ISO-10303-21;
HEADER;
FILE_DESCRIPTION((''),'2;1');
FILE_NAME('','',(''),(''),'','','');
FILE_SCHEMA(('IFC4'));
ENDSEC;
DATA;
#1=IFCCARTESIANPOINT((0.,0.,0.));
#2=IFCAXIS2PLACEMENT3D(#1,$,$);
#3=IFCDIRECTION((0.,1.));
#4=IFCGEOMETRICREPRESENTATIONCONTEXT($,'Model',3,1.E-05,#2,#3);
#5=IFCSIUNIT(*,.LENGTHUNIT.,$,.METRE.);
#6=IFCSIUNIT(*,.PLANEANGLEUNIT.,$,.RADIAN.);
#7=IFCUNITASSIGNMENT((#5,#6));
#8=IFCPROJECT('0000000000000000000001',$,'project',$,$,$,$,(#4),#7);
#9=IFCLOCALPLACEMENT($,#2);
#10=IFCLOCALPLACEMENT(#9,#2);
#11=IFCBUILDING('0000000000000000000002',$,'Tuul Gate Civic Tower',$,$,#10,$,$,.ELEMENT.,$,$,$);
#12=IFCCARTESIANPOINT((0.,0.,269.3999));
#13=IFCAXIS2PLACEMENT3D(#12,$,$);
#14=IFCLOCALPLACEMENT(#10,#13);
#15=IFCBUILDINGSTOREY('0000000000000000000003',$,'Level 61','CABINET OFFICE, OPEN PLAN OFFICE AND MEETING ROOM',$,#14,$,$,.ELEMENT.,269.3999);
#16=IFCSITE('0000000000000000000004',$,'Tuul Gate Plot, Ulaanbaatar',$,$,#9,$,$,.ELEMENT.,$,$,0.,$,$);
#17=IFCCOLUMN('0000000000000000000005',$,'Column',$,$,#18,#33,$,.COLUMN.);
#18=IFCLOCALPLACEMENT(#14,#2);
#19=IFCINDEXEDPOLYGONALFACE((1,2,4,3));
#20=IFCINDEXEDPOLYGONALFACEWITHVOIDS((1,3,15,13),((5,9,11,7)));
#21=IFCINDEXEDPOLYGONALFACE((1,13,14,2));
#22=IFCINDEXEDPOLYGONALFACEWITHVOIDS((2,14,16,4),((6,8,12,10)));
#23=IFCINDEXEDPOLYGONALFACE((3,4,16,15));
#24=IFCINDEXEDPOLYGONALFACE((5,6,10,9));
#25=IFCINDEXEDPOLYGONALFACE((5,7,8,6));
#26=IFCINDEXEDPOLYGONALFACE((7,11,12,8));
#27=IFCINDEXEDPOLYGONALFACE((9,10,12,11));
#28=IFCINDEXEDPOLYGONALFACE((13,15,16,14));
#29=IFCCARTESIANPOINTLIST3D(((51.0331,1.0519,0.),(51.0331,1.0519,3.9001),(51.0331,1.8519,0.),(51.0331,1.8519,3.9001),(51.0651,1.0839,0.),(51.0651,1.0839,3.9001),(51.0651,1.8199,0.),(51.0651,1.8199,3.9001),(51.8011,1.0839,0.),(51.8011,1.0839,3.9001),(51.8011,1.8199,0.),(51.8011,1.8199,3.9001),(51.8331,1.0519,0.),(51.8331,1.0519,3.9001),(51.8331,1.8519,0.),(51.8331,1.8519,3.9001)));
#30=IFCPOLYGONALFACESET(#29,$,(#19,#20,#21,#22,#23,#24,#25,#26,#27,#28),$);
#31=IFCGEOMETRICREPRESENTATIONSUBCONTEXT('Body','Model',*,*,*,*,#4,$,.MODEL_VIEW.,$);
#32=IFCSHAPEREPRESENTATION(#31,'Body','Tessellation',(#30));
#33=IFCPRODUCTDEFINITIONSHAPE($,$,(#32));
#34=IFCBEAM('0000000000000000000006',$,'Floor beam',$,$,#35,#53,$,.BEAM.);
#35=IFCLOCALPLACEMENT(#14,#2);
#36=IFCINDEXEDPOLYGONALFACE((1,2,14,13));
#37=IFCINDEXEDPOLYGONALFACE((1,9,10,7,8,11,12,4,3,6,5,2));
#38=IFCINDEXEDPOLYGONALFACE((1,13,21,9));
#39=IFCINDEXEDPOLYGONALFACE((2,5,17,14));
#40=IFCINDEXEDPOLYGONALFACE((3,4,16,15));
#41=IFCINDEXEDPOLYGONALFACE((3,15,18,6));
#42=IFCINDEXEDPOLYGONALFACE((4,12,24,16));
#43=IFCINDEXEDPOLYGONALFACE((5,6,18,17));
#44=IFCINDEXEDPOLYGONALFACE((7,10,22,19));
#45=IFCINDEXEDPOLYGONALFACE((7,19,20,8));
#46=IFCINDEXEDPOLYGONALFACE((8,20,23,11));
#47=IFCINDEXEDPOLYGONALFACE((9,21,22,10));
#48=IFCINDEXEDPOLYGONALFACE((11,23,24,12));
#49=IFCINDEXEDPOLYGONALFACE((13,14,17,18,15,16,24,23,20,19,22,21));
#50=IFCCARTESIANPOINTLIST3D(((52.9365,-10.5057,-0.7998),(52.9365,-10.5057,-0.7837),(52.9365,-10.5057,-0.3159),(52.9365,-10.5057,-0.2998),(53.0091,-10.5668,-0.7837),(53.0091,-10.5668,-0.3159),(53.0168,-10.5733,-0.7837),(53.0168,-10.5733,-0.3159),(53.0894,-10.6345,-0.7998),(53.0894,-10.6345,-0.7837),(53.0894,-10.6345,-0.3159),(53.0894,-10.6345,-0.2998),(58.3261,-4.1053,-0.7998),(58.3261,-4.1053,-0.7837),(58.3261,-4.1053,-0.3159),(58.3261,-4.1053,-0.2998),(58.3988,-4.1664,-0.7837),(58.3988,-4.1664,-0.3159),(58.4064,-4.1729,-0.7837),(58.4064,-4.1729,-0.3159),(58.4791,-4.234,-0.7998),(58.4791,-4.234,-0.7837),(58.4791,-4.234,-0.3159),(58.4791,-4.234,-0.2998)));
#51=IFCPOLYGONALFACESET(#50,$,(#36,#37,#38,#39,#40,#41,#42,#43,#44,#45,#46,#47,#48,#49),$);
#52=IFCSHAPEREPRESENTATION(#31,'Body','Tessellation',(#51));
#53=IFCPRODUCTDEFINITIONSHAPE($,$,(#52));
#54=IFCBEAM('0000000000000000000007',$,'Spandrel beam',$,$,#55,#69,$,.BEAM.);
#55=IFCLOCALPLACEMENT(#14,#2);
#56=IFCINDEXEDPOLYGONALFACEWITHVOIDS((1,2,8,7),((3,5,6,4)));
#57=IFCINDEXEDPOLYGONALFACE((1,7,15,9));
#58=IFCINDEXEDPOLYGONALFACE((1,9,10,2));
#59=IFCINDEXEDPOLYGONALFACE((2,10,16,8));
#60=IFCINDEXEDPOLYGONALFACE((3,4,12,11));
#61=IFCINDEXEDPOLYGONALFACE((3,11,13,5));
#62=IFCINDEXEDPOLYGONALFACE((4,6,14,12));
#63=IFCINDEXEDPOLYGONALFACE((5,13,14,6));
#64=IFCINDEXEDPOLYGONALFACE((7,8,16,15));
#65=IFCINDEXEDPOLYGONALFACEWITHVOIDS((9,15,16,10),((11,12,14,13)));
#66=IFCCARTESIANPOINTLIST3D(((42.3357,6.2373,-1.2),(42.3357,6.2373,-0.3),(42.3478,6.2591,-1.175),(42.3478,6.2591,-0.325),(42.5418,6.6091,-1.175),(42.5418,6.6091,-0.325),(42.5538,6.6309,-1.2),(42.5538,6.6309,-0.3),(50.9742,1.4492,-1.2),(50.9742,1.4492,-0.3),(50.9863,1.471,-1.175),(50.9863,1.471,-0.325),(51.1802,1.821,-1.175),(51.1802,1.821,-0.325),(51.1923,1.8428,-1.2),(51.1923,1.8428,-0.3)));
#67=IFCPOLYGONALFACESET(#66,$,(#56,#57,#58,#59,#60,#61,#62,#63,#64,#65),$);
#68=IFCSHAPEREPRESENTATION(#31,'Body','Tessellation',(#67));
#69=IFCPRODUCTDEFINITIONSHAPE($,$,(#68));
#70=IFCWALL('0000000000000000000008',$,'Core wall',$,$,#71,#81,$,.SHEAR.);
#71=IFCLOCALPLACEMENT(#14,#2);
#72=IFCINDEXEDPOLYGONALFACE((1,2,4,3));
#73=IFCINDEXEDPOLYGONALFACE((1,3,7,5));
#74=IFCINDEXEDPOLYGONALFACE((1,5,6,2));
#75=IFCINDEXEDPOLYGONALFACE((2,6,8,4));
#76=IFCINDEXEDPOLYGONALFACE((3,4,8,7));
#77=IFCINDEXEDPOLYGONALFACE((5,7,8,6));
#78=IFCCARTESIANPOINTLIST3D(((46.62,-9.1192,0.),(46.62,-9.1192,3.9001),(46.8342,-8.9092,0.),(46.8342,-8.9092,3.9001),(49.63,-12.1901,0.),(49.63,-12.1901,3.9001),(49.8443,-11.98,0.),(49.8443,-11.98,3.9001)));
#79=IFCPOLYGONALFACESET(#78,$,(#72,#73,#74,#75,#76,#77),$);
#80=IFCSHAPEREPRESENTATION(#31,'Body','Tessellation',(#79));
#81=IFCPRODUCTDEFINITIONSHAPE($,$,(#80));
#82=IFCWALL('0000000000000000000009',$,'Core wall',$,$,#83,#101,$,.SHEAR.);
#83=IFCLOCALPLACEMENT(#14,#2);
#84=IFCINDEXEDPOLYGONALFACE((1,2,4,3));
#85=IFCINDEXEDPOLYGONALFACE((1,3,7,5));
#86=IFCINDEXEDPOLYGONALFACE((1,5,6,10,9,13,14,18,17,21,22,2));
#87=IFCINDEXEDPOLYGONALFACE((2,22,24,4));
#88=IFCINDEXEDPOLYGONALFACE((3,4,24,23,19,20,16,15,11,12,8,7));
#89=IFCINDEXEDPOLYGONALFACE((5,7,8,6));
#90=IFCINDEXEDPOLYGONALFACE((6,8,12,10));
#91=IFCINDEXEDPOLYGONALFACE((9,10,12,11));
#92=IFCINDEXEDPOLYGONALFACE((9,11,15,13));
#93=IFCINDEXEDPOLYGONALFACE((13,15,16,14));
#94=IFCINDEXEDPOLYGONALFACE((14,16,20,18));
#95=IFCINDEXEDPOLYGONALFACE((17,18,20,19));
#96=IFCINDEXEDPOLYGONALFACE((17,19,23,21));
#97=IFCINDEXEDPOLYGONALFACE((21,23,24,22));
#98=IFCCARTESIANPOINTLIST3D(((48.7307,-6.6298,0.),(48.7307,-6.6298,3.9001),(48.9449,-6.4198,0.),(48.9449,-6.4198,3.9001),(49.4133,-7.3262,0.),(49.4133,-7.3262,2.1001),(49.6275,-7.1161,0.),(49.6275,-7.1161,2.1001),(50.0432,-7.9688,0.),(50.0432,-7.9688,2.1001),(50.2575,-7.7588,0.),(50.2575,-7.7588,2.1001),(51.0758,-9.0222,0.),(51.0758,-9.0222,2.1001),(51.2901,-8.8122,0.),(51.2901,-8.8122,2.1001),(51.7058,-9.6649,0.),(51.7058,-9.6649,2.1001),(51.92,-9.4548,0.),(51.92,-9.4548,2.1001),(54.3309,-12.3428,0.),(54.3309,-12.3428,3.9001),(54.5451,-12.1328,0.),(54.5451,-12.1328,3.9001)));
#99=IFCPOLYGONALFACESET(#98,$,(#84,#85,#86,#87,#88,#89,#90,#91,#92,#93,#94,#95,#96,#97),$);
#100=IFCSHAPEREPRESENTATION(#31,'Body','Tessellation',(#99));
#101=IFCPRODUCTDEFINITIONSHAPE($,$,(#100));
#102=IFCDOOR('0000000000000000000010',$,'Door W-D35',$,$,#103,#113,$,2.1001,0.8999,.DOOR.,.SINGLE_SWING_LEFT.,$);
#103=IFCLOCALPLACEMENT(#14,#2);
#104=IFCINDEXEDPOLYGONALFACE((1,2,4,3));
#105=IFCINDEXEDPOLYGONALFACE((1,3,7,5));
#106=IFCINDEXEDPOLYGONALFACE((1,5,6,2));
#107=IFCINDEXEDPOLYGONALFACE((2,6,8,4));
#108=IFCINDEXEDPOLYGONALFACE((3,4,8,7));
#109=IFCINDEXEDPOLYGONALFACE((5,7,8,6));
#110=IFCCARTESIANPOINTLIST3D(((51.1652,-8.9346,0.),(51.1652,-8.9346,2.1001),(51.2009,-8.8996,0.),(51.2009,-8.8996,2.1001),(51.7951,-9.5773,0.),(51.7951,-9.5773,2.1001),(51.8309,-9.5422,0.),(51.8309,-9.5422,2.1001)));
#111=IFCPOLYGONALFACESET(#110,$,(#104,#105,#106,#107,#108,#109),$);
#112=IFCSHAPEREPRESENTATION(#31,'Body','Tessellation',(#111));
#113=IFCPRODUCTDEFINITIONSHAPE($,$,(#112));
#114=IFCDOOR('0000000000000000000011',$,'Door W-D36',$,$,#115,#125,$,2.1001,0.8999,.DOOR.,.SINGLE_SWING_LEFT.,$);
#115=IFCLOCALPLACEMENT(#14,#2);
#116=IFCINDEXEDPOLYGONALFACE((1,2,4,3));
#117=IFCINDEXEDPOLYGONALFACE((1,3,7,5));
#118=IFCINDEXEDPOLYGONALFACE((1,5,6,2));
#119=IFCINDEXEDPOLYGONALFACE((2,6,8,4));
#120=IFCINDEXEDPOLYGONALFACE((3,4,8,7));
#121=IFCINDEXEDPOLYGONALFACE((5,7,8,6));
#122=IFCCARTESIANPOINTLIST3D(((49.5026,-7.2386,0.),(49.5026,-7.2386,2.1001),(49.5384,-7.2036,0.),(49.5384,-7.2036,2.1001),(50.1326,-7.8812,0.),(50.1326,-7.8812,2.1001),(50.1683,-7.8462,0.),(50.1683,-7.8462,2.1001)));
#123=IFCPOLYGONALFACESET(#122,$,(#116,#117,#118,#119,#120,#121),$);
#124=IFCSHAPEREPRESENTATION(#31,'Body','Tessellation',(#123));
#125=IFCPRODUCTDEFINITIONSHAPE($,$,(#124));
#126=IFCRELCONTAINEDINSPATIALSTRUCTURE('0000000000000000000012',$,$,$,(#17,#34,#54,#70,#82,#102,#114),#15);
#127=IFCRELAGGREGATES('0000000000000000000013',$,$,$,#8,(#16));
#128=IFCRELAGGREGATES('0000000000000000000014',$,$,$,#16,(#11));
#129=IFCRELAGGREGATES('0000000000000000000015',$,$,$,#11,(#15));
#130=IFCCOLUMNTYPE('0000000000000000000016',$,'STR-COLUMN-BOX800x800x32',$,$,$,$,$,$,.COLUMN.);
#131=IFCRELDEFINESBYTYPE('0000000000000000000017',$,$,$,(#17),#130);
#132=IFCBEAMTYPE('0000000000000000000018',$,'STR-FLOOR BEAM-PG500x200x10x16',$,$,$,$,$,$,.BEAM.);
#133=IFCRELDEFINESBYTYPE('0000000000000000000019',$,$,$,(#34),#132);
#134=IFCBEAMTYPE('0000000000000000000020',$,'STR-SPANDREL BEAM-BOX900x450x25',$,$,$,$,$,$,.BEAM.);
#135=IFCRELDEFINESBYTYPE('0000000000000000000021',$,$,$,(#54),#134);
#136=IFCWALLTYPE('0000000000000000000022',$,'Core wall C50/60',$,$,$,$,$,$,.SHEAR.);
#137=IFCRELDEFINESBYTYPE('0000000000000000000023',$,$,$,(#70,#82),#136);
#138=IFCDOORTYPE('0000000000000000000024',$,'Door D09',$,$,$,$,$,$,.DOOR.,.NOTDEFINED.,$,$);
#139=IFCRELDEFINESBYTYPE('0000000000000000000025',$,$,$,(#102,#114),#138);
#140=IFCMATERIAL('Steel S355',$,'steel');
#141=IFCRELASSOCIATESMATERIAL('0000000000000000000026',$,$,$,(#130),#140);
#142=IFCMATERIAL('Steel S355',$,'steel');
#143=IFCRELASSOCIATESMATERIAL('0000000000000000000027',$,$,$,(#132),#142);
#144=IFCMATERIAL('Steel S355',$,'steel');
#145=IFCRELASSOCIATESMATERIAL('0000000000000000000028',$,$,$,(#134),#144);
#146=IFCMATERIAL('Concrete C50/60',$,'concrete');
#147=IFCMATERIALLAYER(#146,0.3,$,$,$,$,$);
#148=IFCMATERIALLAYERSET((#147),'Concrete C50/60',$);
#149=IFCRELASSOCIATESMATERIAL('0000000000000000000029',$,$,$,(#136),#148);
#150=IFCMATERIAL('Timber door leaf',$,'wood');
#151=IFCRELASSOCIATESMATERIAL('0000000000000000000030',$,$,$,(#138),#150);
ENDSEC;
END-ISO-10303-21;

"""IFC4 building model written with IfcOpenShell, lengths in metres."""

from ifc_helpers import new_model, si_unit, direction, frame, frame_2d, origin, origin_2d, place, context, subcontext, project, spatial, rectangle, hollow_rectangle, i_section, extrude, material, layer, layer_set, material_profile, profile_set, type_object, element, fill, save


model = new_model("IFC4")

# Units and contexts
model_context = context("Model", 3, precision=1e-05, world=origin(), true_north=direction((0.0, 1.0)))
body_context = subcontext(model_context, "Body", "Model", "MODEL_VIEW")
ifc_project = project(units=[si_unit("LENGTHUNIT", "METRE"), si_unit("PLANEANGLEUNIT", "RADIAN")], contexts=[model_context])

# Site, building, storey
site_placement = place(None, origin())
site = spatial("IfcSite", under=ifc_project, at=site_placement, Name="Tuul Gate Plot, Ulaanbaatar", CompositionType="ELEMENT", RefElevation=0.0)
building_placement = place(site_placement, origin())
building = spatial("IfcBuilding", under=site, at=building_placement, Name="Tuul Gate Civic Tower", CompositionType="ELEMENT")
storey_placement = place(building_placement, frame((0.0, 0.0, 269.3999)))
storey = spatial("IfcBuildingStorey", under=building, at=storey_placement, Name="Level 61", Description="CABINET OFFICE, OPEN PLAN OFFICE AND MEETING ROOM", CompositionType="ELEMENT", Elevation=269.3999)

# Column
ifc_material_1 = material(Name="Steel S355", Category="steel")
ifc_material_profile_1 = material_profile(ifc_material_1, hollow_rectangle(XDim=0.8, YDim=0.8, WallThickness=0.032, at=origin_2d()), Name="BOX800x800x32")
ifc_profile_set_1 = profile_set([ifc_material_profile_1], Name="Steel S355")
column_type = type_object("IfcColumnType", Name="STR-COLUMN-BOX800x800x32", PredefinedType="COLUMN", material=ifc_profile_set_1)
column_placement = place(storey_placement, frame((51.4331, 1.4519, 0.0), z_axis=(0.0, 0.0, 1.0), x_axis=(1.0, 0.0, 0.0)))
element("IfcColumn", 1, at=column_placement, inside=storey, type_object=column_type, Name="Column", PredefinedType="COLUMN", context=body_context, shape_type="SweptSolid", body=[
    extrude(hollow_rectangle(XDim=0.8, YDim=0.8, WallThickness=0.032, at=origin_2d()), origin(), (0.0, 0.0, 1.0), 3.9001),
])

# Beams
ifc_material_2 = material(Name="Steel S355", Category="steel")
ifc_material_profile_2 = material_profile(ifc_material_2, i_section(OverallWidth=0.2, OverallDepth=0.5, WebThickness=0.01, FlangeThickness=0.0161, at=origin_2d()), Name="PG500x200x10x16")
ifc_profile_set_2 = profile_set([ifc_material_profile_2], Name="Steel S355")
beam_type_1 = type_object("IfcBeamType", Name="STR-FLOOR BEAM-PG500x200x10x16", PredefinedType="BEAM", material=ifc_profile_set_2)
beam_1_placement = place(storey_placement, frame((53.0129, -10.5701, -0.5498), z_axis=(0.644125, 0.76492, 0.0), x_axis=(-0.76492, 0.644125, 0.0)))
element("IfcBeam", 2, at=beam_1_placement, inside=storey, type_object=beam_type_1, Name="Floor beam", PredefinedType="BEAM", context=body_context, shape_type="SweptSolid", body=[
    extrude(i_section(OverallWidth=0.2, OverallDepth=0.5, WebThickness=0.01, FlangeThickness=0.0161, at=origin_2d()), origin(), (0.0, 0.0, 1.0), 8.3674),
])
ifc_material_3 = material(Name="Steel S355", Category="steel")
ifc_material_profile_3 = material_profile(ifc_material_3, hollow_rectangle(XDim=0.45, YDim=0.8999, WallThickness=0.0249, at=origin_2d()), Name="BOX900x450x25")
ifc_profile_set_3 = profile_set([ifc_material_profile_3], Name="Steel S355")
beam_type_2 = type_object("IfcBeamType", Name="STR-SPANDREL BEAM-BOX900x450x25", PredefinedType="BEAM", material=ifc_profile_set_3)
beam_2_placement = place(storey_placement, frame((51.0833, 1.646, -0.75), z_axis=(-0.874631, 0.484788, 0.0), x_axis=(-0.484788, -0.874631, 0.0)))
element("IfcBeam", 3, at=beam_2_placement, inside=storey, type_object=beam_type_2, Name="Spandrel beam", PredefinedType="BEAM", context=body_context, shape_type="SweptSolid", body=[
    extrude(hollow_rectangle(XDim=0.45, YDim=0.8999, WallThickness=0.0249, at=origin_2d()), origin(), (0.0, 0.0, 1.0), 9.8767),
])

# Wall
ifc_material_4 = material(Name="Concrete C50/60", Category="concrete")
ifc_layer_1 = layer(ifc_material_4, 0.3)
ifc_layer_set_1 = layer_set([ifc_layer_1], Name="Concrete C50/60")
wall_type_1 = type_object("IfcWallType", Name="Core wall C50/60", PredefinedType="SHEAR", material=ifc_layer_set_1)
wall_1_placement = place(storey_placement, frame((49.7371, -12.085, 0.0), z_axis=(0.0, 0.0, 1.0), x_axis=(-0.700003, 0.71414, 0.0)))
element("IfcWall", 4, at=wall_1_placement, inside=storey, type_object=wall_type_1, Name="Core wall", PredefinedType="SHEAR", context=body_context, shape_type="SweptSolid", body=[
    extrude(rectangle(XDim=4.3, YDim=0.3, at=frame_2d((2.1499, 0.0))), origin(), (0.0, 0.0, 1.0), 3.9001),
])

# Wall, openings, doors
wall_2_placement = place(storey_placement, frame((54.438, -12.2378, 0.0), z_axis=(0.0, 0.0, 1.0), x_axis=(-0.700022, 0.714121, 0.0)))
wall_2 = element("IfcWall", 5, at=wall_2_placement, inside=storey, type_object=wall_type_1, Name="Core wall", PredefinedType="SHEAR", context=body_context, shape_type="SweptSolid", body=[
    extrude(rectangle(XDim=8.0, YDim=0.3, at=frame_2d((4.0, 0.0))), origin(), (0.0, 0.0, 1.0), 3.9001),
])
opening_1_placement = place(wall_2_placement, frame((3.75, 0.0, 0.0)))
opening_1 = element("IfcOpeningElement", 6, at=opening_1_placement, cuts=wall_2, PredefinedType="OPENING", context=body_context, shape_type="SweptSolid", body=[
    extrude(rectangle(XDim=0.8999, YDim=2.1001, at=frame_2d((0.45, 1.05))), frame((0.0, 0.1602, 0.0), z_axis=(0.0, -1.0, 0.0), x_axis=(1.0, 0.0, 0.0)), (0.0, 0.0, 1.0), 0.3201),
])
opening_2_placement = place(wall_2_placement, frame((6.125, 0.0, 0.0)))
opening_2 = element("IfcOpeningElement", 7, at=opening_2_placement, cuts=wall_2, PredefinedType="OPENING", context=body_context, shape_type="SweptSolid", body=[
    extrude(rectangle(XDim=0.8999, YDim=2.1001, at=frame_2d((0.45, 1.05))), frame((0.0, 0.1602, 0.0), z_axis=(0.0, -1.0, 0.0), x_axis=(1.0, 0.0, 0.0)), (0.0, 0.0, 1.0), 0.3201),
])
ifc_material_5 = material(Name="Timber door leaf", Category="wood")
door_type = type_object("IfcDoorType", Name="Door D09", OperationType="NOTDEFINED", PredefinedType="DOOR", material=ifc_material_5)
door_1_placement = place(opening_1_placement, origin())
door_1 = element("IfcDoor", 8, at=door_1_placement, inside=storey, type_object=door_type, Name="Door W-D35", OperationType="SINGLE_SWING_LEFT", OverallHeight=2.1001, OverallWidth=0.8999, PredefinedType="DOOR", context=body_context, shape_type="SweptSolid", body=[
    extrude(rectangle(XDim=0.8999, YDim=2.1001, at=frame_2d((0.45, 1.05))), frame((0.0, 0.0249, 0.0), z_axis=(0.0, -1.0, 0.0), x_axis=(1.0, 0.0, 0.0)), (0.0, 0.0, 1.0), 0.05),
])
fill(opening_1, door_1)
door_2_placement = place(opening_2_placement, origin())
door_2 = element("IfcDoor", 9, at=door_2_placement, inside=storey, type_object=door_type, Name="Door W-D36", OperationType="SINGLE_SWING_LEFT", OverallHeight=2.1001, OverallWidth=0.8999, PredefinedType="DOOR", context=body_context, shape_type="SweptSolid", body=[
    extrude(rectangle(XDim=0.8999, YDim=2.1001, at=frame_2d((0.45, 1.05))), frame((0.0, 0.0249, 0.0), z_axis=(0.0, -1.0, 0.0), x_axis=(1.0, 0.0, 0.0)), (0.0, 0.0, 1.0), 0.05),
])
fill(opening_2, door_2)

save(model, "model.ifc")
